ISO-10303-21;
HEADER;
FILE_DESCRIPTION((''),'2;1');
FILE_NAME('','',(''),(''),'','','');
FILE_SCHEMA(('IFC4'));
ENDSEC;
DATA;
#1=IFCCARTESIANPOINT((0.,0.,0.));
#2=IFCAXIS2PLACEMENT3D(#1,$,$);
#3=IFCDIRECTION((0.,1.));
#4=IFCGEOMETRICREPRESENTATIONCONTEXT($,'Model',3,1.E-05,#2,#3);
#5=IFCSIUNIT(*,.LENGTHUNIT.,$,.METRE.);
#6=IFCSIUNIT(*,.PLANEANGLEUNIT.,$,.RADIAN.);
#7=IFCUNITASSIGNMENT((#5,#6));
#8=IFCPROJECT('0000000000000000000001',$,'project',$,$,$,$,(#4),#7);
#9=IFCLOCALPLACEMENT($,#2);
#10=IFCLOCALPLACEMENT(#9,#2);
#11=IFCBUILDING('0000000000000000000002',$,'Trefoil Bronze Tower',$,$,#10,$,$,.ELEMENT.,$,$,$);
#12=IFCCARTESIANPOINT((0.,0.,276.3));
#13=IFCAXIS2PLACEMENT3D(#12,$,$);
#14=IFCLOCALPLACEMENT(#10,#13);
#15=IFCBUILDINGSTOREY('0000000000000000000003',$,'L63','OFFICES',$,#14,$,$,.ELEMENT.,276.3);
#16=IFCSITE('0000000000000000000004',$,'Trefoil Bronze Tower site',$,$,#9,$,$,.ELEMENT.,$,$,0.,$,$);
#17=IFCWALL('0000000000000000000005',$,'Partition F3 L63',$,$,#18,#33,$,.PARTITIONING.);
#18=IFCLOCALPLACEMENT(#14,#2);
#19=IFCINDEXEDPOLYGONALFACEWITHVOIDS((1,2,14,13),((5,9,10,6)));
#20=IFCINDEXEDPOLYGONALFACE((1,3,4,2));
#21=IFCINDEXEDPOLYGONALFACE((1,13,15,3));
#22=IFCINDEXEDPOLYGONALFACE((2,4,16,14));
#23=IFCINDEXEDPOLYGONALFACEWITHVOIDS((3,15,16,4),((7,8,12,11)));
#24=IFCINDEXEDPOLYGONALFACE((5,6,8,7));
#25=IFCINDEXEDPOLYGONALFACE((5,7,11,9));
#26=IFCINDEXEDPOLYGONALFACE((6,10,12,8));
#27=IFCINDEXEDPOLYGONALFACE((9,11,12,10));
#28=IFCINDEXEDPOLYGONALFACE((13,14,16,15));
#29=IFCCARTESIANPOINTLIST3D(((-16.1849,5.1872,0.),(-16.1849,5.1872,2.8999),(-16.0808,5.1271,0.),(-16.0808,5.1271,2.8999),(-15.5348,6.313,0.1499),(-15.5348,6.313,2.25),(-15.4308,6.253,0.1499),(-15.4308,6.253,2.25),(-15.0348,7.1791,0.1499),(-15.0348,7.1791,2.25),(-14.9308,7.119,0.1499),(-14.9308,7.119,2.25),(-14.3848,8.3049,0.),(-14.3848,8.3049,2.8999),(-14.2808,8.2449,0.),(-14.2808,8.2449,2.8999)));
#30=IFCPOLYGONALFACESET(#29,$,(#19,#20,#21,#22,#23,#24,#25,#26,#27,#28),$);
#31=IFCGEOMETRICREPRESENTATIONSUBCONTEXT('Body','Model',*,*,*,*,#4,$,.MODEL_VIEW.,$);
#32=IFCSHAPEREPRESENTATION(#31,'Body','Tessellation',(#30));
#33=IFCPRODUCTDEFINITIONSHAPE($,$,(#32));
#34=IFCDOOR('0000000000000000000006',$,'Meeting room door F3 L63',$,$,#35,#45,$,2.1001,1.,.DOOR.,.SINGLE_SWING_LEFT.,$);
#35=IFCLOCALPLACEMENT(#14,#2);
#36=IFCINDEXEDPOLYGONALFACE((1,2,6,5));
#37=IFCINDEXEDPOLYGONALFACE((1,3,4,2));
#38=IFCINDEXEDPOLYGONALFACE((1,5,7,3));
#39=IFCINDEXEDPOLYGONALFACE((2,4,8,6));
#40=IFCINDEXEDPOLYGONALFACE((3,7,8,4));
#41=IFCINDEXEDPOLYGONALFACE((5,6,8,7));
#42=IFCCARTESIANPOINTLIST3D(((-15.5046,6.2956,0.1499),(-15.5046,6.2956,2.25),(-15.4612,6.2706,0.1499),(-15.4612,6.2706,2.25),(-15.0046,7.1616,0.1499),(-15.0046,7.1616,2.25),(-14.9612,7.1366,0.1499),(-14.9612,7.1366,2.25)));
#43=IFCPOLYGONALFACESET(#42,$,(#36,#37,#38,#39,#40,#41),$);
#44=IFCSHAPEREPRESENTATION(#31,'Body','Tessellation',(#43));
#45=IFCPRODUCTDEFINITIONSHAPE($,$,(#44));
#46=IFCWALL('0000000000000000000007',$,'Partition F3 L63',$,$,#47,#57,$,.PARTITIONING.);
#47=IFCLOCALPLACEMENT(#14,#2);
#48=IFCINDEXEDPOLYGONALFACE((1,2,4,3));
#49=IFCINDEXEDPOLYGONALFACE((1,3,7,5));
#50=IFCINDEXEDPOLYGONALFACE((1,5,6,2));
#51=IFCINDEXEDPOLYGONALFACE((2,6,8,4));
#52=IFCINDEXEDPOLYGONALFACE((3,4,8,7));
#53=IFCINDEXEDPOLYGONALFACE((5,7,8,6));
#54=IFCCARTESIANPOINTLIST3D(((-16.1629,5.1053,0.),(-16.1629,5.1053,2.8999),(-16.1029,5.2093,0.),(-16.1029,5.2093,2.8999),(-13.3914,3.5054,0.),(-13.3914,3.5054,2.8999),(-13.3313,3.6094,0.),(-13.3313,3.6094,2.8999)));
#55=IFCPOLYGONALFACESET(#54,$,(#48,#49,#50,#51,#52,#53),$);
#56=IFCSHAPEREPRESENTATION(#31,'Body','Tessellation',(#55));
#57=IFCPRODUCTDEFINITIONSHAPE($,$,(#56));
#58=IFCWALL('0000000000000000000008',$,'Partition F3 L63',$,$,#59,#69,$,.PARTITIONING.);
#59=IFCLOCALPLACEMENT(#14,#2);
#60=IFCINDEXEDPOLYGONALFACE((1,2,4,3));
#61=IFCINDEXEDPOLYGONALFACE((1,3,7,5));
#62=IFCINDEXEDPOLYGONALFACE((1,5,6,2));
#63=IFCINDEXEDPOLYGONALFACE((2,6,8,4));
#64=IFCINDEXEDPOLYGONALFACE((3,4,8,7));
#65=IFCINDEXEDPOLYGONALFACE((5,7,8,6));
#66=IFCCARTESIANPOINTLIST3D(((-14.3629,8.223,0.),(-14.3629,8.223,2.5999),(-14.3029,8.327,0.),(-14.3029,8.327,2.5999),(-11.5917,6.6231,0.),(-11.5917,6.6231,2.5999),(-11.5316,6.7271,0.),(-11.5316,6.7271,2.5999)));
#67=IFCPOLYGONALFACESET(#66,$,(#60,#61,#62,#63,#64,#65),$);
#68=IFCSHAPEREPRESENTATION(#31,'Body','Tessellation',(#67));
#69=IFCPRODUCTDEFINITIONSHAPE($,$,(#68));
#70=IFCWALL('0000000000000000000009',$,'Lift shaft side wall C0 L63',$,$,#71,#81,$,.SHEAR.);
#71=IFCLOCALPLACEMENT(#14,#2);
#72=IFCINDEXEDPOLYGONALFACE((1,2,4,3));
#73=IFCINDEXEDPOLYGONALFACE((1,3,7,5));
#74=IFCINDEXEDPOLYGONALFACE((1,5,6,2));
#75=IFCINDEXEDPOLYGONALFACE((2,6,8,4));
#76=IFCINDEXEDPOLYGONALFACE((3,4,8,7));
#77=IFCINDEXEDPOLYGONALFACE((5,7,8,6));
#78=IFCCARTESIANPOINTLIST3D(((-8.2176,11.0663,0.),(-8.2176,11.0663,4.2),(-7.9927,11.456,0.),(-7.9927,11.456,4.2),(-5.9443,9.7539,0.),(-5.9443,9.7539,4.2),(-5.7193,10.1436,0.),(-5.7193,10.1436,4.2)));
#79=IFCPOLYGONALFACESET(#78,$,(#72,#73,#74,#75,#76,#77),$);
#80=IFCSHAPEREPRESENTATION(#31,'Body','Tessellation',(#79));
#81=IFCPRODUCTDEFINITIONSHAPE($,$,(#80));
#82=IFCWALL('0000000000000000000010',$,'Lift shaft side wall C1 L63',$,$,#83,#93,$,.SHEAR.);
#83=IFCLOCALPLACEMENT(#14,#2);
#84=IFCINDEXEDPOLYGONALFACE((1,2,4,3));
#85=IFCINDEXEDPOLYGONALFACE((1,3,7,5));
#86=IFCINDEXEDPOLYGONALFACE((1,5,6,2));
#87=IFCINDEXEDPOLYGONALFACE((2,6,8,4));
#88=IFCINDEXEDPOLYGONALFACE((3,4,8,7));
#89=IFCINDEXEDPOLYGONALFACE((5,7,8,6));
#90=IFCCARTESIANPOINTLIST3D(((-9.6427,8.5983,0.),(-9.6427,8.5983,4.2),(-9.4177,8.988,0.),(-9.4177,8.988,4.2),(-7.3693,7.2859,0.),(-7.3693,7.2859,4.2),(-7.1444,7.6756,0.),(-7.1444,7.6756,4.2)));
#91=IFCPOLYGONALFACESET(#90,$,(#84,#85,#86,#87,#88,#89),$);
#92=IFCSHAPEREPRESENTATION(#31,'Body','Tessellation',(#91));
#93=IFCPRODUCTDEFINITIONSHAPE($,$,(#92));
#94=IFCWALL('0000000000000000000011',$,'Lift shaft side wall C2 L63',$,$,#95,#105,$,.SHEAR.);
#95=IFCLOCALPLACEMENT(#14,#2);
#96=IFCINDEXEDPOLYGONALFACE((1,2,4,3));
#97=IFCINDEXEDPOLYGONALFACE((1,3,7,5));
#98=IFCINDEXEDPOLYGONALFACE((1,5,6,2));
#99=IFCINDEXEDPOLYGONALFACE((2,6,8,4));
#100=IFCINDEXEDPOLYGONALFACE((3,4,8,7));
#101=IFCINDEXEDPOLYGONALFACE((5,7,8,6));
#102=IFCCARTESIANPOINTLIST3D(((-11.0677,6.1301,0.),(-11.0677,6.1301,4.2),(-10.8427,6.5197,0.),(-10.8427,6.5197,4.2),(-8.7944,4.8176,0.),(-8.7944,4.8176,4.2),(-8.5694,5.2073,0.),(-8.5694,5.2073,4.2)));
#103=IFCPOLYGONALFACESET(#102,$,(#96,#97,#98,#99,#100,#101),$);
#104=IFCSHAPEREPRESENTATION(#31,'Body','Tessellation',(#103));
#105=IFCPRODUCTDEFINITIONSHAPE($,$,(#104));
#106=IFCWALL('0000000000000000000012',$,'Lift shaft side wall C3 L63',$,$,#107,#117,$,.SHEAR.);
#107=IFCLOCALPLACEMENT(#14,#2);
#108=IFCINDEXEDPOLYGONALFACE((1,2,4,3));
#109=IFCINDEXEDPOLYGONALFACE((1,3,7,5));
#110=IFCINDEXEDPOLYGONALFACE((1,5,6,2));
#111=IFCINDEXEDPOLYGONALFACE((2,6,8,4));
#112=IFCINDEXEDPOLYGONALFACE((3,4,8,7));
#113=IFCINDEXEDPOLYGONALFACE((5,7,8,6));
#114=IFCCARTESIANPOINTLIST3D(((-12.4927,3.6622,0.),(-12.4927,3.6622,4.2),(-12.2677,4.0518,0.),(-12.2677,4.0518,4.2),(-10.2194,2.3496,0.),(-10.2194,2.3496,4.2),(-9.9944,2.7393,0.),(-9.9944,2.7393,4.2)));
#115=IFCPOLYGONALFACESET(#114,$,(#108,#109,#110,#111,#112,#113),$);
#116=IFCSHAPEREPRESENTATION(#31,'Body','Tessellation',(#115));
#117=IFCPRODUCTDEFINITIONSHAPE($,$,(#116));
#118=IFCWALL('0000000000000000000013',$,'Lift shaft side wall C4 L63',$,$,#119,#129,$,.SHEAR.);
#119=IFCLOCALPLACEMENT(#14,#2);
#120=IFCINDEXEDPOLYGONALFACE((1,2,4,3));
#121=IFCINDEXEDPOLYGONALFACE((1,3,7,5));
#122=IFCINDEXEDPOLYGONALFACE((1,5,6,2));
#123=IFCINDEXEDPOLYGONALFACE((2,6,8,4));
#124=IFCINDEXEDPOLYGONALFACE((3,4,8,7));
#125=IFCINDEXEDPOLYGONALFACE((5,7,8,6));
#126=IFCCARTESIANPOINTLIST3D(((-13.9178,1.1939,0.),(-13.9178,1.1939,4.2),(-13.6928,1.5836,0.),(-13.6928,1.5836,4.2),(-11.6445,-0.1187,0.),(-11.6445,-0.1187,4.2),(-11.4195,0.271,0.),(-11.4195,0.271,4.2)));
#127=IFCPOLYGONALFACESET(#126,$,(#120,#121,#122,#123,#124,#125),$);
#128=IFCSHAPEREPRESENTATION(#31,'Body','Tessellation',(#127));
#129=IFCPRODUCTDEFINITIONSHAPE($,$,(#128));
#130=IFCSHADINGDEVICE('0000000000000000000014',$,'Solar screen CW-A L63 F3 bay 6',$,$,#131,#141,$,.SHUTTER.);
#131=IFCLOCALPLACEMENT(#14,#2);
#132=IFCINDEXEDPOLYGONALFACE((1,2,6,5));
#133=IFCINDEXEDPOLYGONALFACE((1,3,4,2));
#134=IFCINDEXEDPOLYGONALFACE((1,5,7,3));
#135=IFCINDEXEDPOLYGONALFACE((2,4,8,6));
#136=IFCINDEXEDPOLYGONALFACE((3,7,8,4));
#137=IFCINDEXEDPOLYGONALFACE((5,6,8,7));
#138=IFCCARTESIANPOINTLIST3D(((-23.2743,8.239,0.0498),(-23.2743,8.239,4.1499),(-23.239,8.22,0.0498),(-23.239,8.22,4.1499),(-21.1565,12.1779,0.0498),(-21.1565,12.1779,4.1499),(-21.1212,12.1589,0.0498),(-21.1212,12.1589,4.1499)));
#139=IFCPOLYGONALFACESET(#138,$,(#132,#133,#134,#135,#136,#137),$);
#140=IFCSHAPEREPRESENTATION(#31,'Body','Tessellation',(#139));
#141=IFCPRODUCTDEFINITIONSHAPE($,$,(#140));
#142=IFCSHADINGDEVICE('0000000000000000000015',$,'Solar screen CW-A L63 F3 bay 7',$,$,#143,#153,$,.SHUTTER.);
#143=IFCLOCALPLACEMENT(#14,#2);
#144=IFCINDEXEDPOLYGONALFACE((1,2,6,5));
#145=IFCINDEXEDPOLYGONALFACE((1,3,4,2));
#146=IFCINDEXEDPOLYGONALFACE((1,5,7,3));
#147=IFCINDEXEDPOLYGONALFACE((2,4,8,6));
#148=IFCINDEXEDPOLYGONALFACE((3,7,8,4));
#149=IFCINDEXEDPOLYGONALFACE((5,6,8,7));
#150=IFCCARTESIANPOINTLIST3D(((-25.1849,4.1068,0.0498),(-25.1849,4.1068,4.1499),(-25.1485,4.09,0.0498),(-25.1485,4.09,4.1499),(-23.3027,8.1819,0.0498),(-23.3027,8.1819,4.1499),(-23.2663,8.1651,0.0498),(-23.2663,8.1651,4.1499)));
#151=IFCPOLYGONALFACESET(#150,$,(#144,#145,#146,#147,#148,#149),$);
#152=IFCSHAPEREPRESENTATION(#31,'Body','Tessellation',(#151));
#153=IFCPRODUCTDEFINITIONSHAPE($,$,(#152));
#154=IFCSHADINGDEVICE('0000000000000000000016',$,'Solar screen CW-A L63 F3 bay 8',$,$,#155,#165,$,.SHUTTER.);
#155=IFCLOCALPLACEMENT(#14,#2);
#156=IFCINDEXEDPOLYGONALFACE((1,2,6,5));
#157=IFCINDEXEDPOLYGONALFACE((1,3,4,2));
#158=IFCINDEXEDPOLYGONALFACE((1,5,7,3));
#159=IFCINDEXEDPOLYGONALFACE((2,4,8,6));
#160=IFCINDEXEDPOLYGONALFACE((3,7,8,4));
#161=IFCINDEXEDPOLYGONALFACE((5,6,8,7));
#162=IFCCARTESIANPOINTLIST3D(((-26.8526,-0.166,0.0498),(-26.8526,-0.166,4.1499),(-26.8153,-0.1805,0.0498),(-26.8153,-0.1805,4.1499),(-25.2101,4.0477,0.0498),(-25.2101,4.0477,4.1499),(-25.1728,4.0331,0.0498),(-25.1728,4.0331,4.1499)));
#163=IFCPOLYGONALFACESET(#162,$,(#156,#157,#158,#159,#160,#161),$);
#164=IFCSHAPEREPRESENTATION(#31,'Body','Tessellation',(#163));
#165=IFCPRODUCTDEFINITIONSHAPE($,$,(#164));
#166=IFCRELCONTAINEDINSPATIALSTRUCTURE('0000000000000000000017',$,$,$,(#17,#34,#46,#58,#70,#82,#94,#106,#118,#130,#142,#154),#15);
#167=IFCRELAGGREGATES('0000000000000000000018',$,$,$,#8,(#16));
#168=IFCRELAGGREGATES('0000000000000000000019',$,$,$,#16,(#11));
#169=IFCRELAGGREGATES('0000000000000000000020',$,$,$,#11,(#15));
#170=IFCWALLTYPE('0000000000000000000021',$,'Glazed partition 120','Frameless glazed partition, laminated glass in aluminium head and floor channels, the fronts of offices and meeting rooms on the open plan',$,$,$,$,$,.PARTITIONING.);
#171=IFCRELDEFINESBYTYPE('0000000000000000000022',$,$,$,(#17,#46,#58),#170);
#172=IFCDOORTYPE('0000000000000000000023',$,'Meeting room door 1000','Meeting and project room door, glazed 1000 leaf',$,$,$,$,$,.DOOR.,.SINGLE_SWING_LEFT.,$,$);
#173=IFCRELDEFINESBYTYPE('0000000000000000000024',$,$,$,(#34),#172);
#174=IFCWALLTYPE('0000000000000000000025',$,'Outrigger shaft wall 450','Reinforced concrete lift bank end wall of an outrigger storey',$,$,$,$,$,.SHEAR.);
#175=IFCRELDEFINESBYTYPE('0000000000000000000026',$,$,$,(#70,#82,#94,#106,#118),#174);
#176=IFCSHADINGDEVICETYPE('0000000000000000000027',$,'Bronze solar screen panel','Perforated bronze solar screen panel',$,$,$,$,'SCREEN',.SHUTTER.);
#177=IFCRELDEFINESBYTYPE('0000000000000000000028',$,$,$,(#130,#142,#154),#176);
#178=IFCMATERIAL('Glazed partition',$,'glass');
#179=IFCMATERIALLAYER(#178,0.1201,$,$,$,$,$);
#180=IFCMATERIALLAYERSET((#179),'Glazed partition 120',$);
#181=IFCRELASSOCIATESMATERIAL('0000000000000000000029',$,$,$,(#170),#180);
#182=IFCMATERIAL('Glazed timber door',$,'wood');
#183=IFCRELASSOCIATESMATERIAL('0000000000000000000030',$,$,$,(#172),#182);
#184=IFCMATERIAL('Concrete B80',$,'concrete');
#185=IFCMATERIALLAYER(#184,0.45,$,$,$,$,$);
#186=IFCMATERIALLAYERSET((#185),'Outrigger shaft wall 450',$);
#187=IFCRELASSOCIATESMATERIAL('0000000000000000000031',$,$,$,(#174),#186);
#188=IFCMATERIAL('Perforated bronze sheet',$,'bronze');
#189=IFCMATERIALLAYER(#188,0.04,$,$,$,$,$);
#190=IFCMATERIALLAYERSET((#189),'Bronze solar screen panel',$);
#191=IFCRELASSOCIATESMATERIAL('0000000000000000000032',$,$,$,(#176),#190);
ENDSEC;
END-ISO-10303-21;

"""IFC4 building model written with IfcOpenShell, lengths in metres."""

from ifc_helpers import new_model, si_unit, direction, frame, frame_2d, origin, origin_2d, place, context, subcontext, project, spatial, rectangle, extrude, material, layer, layer_set, type_object, element, fill, save


model = new_model("IFC4")

# Units and contexts
model_context = context("Model", 3, precision=1e-05, world=origin(), true_north=direction((0.0, 1.0)))
body_context = subcontext(model_context, "Body", "Model", "MODEL_VIEW")
ifc_project = project(units=[si_unit("LENGTHUNIT", "METRE"), si_unit("PLANEANGLEUNIT", "RADIAN")], contexts=[model_context])

# Site, building, storey
site_placement = place(None, origin())
site = spatial("IfcSite", under=ifc_project, at=site_placement, Name="Trefoil Bronze Tower site", CompositionType="ELEMENT", RefElevation=0.0)
building_placement = place(site_placement, origin())
building = spatial("IfcBuilding", under=site, at=building_placement, Name="Trefoil Bronze Tower", CompositionType="ELEMENT")
storey_placement = place(building_placement, frame((0.0, 0.0, 276.3)))
storey = spatial("IfcBuildingStorey", under=building, at=storey_placement, Name="L63", Description="OFFICES", CompositionType="ELEMENT", Elevation=276.3)

# Wall, opening, door
ifc_material_1 = material(Name="Glazed partition", Category="glass")
ifc_layer_1 = layer(ifc_material_1, 0.1201)
ifc_layer_set_1 = layer_set([ifc_layer_1], Name="Glazed partition 120")
wall_type_1 = type_object("IfcWallType", Name="Glazed partition 120", Description="Frameless glazed partition, laminated glass in aluminium head and floor channels, the fronts of offices and meeting rooms on the open plan", PredefinedType="PARTITIONING", material=ifc_layer_set_1)
wall_1_placement = place(storey_placement, frame((-14.3328, 8.2749, 0.0), z_axis=(0.0, 0.0, 1.0), x_axis=(-0.500012, -0.866018, 0.0)))
wall_1 = element("IfcWall", 1, at=wall_1_placement, inside=storey, type_object=wall_type_1, Name="Partition F3 L63", PredefinedType="PARTITIONING", context=body_context, shape_type="SweptSolid", body=[
    extrude(rectangle(XDim=3.6001, YDim=0.1201, at=frame_2d((1.8, 0.0))), origin(), (0.0, 0.0, 1.0), 2.8999),
])
opening_placement = place(wall_1_placement, frame((1.3, 0.0, 0.1499)))
opening = element("IfcOpeningElement", 2, at=opening_placement, cuts=wall_1, PredefinedType="OPENING", context=body_context, shape_type="SweptSolid", body=[
    extrude(rectangle(XDim=1.0, YDim=2.1001, at=frame_2d((0.5, 1.05))), frame((0.0, 0.0701, 0.0), z_axis=(0.0, -1.0, 0.0), x_axis=(1.0, 0.0, 0.0)), (0.0, 0.0, 1.0), 0.1401),
])
ifc_material_2 = material(Name="Glazed timber door", Category="wood")
door_type = type_object("IfcDoorType", Name="Meeting room door 1000", Description="Meeting and project room door, glazed 1000 leaf", OperationType="SINGLE_SWING_LEFT", PredefinedType="DOOR", material=ifc_material_2)
door_placement = place(opening_placement, origin())
door = element("IfcDoor", 3, at=door_placement, inside=storey, type_object=door_type, Name="Meeting room door F3 L63", OperationType="SINGLE_SWING_LEFT", OverallHeight=2.1001, OverallWidth=1.0, PredefinedType="DOOR", context=body_context, shape_type="SweptSolid", body=[
    extrude(rectangle(XDim=1.0, YDim=2.1001, at=frame_2d((0.5, 1.05))), frame((0.0, 0.0249, 0.0), z_axis=(0.0, -1.0, 0.0), x_axis=(1.0, 0.0, 0.0)), (0.0, 0.0, 1.0), 0.05),
])
fill(opening, door)

# Walls
wall_2_placement = place(storey_placement, frame((-13.3613, 3.5574, 0.0), z_axis=(0.0, 0.0, 1.0), x_axis=(-0.866061, 0.499938, 0.0)))
element("IfcWall", 4, at=wall_2_placement, inside=storey, type_object=wall_type_1, Name="Partition F3 L63", PredefinedType="PARTITIONING", context=body_context, shape_type="SweptSolid", body=[
    extrude(rectangle(XDim=3.2002, YDim=0.1201, at=frame_2d((1.6001, 0.0))), origin(), (0.0, 0.0, 1.0), 2.8999),
])
wall_3_placement = place(storey_placement, frame((-11.5615, 6.675, 0.0), z_axis=(0.0, 0.0, 1.0), x_axis=(-0.866042, 0.499971, 0.0)))
element("IfcWall", 5, at=wall_3_placement, inside=storey, type_object=wall_type_1, Name="Partition F3 L63", PredefinedType="PARTITIONING", context=body_context, shape_type="SweptSolid", body=[
    extrude(rectangle(XDim=3.2, YDim=0.1201, at=frame_2d((1.6001, 0.0))), origin(), (0.0, 0.0, 1.0), 2.5999),
])
ifc_material_3 = material(Name="Concrete B80", Category="concrete")
ifc_layer_2 = layer(ifc_material_3, 0.45)
ifc_layer_set_2 = layer_set([ifc_layer_2], Name="Outrigger shaft wall 450")
wall_type_2 = type_object("IfcWallType", Name="Outrigger shaft wall 450", Description="Reinforced concrete lift bank end wall of an outrigger storey", PredefinedType="SHEAR", material=ifc_layer_set_2)
for number, where, z_axis, x_axis, name in (
    (6, (-5.8318, 9.9487, 0.0), (0.0, 0.0, 1.0), (-0.866037, 0.49998, 0.0), "Lift shaft side wall C0 L63"),
    (7, (-7.2568, 7.4807, 0.0), (0.0, 0.0, 1.0), (-0.866037, 0.49998, 0.0), "Lift shaft side wall C1 L63"),
    (8, (-8.6819, 5.0125, 0.0), (0.0, 0.0, 1.0), (-0.866037, 0.49998, 0.0), "Lift shaft side wall C2 L63"),
    (9, (-10.1069, 2.5444, 0.0), (0.0, 0.0, 1.0), (-0.866014, 0.50002, 0.0), "Lift shaft side wall C3 L63"),
    (10, (-11.532, 0.0762, 0.0), (0.0, 0.0, 1.0), (-0.866014, 0.50002, 0.0), "Lift shaft side wall C4 L63"),
):
    element("IfcWall", number, at=place(storey_placement, frame(where, z_axis=z_axis, x_axis=x_axis)), inside=storey, type_object=wall_type_2, Name=name, PredefinedType="SHEAR", context=body_context, shape_type="SweptSolid", body=[
        extrude(rectangle(XDim=2.625, YDim=0.45, at=frame_2d((1.3125, 0.0))), origin(), (0.0, 0.0, 1.0), 4.2),
    ])

# Shading devices
ifc_material_4 = material(Name="Perforated bronze sheet", Category="bronze")
ifc_layer_3 = layer(ifc_material_4, 0.04)
ifc_layer_set_3 = layer_set([ifc_layer_3], Name="Bronze solar screen panel")
shading_device_type = type_object("IfcShadingDeviceType", Name="Bronze solar screen panel", Description="Perforated bronze solar screen panel", ElementType="SCREEN", PredefinedType="SHUTTER", material=ifc_layer_set_3)
shading_device_1_placement = place(storey_placement, frame((-22.1978, 10.199, 0.0498), z_axis=(0.0, 0.0, 1.0), x_axis=(-0.473562, -0.88076, 0.0)))
element("IfcShadingDevice", 11, at=shading_device_1_placement, inside=storey, type_object=shading_device_type, Name="Solar screen CW-A L63 F3 bay 6", PredefinedType="SHUTTER", context=body_context, shape_type="SweptSolid", body=[
    extrude(rectangle(XDim=4.4722, YDim=0.04, at=origin_2d()), origin(), (0.0, 0.0, 1.0), 4.1001),
])
shading_device_2_placement = place(storey_placement, frame((-24.2256, 6.136, 0.0498), z_axis=(0.0, 0.0, 1.0), x_axis=(-0.419309, -0.907844, 0.0)))
element("IfcShadingDevice", 12, at=shading_device_2_placement, inside=storey, type_object=shading_device_type, Name="Solar screen CW-A L63 F3 bay 7", PredefinedType="SHUTTER", context=body_context, shape_type="SweptSolid", body=[
    extrude(rectangle(XDim=4.4888, YDim=0.04, at=origin_2d()), origin(), (0.0, 0.0, 1.0), 4.1001),
])
shading_device_3_placement = place(storey_placement, frame((-26.0127, 1.9336, 0.0498), z_axis=(0.0, 0.0, 1.0), x_axis=(-0.363199, -0.931712, 0.0)))
element("IfcShadingDevice", 13, at=shading_device_3_placement, inside=storey, type_object=shading_device_type, Name="Solar screen CW-A L63 F3 bay 8", PredefinedType="SHUTTER", context=body_context, shape_type="SweptSolid", body=[
    extrude(rectangle(XDim=4.5225, YDim=0.04, at=origin_2d()), origin(), (0.0, 0.0, 1.0), 4.1001),
])

save(model, "model.ifc")
